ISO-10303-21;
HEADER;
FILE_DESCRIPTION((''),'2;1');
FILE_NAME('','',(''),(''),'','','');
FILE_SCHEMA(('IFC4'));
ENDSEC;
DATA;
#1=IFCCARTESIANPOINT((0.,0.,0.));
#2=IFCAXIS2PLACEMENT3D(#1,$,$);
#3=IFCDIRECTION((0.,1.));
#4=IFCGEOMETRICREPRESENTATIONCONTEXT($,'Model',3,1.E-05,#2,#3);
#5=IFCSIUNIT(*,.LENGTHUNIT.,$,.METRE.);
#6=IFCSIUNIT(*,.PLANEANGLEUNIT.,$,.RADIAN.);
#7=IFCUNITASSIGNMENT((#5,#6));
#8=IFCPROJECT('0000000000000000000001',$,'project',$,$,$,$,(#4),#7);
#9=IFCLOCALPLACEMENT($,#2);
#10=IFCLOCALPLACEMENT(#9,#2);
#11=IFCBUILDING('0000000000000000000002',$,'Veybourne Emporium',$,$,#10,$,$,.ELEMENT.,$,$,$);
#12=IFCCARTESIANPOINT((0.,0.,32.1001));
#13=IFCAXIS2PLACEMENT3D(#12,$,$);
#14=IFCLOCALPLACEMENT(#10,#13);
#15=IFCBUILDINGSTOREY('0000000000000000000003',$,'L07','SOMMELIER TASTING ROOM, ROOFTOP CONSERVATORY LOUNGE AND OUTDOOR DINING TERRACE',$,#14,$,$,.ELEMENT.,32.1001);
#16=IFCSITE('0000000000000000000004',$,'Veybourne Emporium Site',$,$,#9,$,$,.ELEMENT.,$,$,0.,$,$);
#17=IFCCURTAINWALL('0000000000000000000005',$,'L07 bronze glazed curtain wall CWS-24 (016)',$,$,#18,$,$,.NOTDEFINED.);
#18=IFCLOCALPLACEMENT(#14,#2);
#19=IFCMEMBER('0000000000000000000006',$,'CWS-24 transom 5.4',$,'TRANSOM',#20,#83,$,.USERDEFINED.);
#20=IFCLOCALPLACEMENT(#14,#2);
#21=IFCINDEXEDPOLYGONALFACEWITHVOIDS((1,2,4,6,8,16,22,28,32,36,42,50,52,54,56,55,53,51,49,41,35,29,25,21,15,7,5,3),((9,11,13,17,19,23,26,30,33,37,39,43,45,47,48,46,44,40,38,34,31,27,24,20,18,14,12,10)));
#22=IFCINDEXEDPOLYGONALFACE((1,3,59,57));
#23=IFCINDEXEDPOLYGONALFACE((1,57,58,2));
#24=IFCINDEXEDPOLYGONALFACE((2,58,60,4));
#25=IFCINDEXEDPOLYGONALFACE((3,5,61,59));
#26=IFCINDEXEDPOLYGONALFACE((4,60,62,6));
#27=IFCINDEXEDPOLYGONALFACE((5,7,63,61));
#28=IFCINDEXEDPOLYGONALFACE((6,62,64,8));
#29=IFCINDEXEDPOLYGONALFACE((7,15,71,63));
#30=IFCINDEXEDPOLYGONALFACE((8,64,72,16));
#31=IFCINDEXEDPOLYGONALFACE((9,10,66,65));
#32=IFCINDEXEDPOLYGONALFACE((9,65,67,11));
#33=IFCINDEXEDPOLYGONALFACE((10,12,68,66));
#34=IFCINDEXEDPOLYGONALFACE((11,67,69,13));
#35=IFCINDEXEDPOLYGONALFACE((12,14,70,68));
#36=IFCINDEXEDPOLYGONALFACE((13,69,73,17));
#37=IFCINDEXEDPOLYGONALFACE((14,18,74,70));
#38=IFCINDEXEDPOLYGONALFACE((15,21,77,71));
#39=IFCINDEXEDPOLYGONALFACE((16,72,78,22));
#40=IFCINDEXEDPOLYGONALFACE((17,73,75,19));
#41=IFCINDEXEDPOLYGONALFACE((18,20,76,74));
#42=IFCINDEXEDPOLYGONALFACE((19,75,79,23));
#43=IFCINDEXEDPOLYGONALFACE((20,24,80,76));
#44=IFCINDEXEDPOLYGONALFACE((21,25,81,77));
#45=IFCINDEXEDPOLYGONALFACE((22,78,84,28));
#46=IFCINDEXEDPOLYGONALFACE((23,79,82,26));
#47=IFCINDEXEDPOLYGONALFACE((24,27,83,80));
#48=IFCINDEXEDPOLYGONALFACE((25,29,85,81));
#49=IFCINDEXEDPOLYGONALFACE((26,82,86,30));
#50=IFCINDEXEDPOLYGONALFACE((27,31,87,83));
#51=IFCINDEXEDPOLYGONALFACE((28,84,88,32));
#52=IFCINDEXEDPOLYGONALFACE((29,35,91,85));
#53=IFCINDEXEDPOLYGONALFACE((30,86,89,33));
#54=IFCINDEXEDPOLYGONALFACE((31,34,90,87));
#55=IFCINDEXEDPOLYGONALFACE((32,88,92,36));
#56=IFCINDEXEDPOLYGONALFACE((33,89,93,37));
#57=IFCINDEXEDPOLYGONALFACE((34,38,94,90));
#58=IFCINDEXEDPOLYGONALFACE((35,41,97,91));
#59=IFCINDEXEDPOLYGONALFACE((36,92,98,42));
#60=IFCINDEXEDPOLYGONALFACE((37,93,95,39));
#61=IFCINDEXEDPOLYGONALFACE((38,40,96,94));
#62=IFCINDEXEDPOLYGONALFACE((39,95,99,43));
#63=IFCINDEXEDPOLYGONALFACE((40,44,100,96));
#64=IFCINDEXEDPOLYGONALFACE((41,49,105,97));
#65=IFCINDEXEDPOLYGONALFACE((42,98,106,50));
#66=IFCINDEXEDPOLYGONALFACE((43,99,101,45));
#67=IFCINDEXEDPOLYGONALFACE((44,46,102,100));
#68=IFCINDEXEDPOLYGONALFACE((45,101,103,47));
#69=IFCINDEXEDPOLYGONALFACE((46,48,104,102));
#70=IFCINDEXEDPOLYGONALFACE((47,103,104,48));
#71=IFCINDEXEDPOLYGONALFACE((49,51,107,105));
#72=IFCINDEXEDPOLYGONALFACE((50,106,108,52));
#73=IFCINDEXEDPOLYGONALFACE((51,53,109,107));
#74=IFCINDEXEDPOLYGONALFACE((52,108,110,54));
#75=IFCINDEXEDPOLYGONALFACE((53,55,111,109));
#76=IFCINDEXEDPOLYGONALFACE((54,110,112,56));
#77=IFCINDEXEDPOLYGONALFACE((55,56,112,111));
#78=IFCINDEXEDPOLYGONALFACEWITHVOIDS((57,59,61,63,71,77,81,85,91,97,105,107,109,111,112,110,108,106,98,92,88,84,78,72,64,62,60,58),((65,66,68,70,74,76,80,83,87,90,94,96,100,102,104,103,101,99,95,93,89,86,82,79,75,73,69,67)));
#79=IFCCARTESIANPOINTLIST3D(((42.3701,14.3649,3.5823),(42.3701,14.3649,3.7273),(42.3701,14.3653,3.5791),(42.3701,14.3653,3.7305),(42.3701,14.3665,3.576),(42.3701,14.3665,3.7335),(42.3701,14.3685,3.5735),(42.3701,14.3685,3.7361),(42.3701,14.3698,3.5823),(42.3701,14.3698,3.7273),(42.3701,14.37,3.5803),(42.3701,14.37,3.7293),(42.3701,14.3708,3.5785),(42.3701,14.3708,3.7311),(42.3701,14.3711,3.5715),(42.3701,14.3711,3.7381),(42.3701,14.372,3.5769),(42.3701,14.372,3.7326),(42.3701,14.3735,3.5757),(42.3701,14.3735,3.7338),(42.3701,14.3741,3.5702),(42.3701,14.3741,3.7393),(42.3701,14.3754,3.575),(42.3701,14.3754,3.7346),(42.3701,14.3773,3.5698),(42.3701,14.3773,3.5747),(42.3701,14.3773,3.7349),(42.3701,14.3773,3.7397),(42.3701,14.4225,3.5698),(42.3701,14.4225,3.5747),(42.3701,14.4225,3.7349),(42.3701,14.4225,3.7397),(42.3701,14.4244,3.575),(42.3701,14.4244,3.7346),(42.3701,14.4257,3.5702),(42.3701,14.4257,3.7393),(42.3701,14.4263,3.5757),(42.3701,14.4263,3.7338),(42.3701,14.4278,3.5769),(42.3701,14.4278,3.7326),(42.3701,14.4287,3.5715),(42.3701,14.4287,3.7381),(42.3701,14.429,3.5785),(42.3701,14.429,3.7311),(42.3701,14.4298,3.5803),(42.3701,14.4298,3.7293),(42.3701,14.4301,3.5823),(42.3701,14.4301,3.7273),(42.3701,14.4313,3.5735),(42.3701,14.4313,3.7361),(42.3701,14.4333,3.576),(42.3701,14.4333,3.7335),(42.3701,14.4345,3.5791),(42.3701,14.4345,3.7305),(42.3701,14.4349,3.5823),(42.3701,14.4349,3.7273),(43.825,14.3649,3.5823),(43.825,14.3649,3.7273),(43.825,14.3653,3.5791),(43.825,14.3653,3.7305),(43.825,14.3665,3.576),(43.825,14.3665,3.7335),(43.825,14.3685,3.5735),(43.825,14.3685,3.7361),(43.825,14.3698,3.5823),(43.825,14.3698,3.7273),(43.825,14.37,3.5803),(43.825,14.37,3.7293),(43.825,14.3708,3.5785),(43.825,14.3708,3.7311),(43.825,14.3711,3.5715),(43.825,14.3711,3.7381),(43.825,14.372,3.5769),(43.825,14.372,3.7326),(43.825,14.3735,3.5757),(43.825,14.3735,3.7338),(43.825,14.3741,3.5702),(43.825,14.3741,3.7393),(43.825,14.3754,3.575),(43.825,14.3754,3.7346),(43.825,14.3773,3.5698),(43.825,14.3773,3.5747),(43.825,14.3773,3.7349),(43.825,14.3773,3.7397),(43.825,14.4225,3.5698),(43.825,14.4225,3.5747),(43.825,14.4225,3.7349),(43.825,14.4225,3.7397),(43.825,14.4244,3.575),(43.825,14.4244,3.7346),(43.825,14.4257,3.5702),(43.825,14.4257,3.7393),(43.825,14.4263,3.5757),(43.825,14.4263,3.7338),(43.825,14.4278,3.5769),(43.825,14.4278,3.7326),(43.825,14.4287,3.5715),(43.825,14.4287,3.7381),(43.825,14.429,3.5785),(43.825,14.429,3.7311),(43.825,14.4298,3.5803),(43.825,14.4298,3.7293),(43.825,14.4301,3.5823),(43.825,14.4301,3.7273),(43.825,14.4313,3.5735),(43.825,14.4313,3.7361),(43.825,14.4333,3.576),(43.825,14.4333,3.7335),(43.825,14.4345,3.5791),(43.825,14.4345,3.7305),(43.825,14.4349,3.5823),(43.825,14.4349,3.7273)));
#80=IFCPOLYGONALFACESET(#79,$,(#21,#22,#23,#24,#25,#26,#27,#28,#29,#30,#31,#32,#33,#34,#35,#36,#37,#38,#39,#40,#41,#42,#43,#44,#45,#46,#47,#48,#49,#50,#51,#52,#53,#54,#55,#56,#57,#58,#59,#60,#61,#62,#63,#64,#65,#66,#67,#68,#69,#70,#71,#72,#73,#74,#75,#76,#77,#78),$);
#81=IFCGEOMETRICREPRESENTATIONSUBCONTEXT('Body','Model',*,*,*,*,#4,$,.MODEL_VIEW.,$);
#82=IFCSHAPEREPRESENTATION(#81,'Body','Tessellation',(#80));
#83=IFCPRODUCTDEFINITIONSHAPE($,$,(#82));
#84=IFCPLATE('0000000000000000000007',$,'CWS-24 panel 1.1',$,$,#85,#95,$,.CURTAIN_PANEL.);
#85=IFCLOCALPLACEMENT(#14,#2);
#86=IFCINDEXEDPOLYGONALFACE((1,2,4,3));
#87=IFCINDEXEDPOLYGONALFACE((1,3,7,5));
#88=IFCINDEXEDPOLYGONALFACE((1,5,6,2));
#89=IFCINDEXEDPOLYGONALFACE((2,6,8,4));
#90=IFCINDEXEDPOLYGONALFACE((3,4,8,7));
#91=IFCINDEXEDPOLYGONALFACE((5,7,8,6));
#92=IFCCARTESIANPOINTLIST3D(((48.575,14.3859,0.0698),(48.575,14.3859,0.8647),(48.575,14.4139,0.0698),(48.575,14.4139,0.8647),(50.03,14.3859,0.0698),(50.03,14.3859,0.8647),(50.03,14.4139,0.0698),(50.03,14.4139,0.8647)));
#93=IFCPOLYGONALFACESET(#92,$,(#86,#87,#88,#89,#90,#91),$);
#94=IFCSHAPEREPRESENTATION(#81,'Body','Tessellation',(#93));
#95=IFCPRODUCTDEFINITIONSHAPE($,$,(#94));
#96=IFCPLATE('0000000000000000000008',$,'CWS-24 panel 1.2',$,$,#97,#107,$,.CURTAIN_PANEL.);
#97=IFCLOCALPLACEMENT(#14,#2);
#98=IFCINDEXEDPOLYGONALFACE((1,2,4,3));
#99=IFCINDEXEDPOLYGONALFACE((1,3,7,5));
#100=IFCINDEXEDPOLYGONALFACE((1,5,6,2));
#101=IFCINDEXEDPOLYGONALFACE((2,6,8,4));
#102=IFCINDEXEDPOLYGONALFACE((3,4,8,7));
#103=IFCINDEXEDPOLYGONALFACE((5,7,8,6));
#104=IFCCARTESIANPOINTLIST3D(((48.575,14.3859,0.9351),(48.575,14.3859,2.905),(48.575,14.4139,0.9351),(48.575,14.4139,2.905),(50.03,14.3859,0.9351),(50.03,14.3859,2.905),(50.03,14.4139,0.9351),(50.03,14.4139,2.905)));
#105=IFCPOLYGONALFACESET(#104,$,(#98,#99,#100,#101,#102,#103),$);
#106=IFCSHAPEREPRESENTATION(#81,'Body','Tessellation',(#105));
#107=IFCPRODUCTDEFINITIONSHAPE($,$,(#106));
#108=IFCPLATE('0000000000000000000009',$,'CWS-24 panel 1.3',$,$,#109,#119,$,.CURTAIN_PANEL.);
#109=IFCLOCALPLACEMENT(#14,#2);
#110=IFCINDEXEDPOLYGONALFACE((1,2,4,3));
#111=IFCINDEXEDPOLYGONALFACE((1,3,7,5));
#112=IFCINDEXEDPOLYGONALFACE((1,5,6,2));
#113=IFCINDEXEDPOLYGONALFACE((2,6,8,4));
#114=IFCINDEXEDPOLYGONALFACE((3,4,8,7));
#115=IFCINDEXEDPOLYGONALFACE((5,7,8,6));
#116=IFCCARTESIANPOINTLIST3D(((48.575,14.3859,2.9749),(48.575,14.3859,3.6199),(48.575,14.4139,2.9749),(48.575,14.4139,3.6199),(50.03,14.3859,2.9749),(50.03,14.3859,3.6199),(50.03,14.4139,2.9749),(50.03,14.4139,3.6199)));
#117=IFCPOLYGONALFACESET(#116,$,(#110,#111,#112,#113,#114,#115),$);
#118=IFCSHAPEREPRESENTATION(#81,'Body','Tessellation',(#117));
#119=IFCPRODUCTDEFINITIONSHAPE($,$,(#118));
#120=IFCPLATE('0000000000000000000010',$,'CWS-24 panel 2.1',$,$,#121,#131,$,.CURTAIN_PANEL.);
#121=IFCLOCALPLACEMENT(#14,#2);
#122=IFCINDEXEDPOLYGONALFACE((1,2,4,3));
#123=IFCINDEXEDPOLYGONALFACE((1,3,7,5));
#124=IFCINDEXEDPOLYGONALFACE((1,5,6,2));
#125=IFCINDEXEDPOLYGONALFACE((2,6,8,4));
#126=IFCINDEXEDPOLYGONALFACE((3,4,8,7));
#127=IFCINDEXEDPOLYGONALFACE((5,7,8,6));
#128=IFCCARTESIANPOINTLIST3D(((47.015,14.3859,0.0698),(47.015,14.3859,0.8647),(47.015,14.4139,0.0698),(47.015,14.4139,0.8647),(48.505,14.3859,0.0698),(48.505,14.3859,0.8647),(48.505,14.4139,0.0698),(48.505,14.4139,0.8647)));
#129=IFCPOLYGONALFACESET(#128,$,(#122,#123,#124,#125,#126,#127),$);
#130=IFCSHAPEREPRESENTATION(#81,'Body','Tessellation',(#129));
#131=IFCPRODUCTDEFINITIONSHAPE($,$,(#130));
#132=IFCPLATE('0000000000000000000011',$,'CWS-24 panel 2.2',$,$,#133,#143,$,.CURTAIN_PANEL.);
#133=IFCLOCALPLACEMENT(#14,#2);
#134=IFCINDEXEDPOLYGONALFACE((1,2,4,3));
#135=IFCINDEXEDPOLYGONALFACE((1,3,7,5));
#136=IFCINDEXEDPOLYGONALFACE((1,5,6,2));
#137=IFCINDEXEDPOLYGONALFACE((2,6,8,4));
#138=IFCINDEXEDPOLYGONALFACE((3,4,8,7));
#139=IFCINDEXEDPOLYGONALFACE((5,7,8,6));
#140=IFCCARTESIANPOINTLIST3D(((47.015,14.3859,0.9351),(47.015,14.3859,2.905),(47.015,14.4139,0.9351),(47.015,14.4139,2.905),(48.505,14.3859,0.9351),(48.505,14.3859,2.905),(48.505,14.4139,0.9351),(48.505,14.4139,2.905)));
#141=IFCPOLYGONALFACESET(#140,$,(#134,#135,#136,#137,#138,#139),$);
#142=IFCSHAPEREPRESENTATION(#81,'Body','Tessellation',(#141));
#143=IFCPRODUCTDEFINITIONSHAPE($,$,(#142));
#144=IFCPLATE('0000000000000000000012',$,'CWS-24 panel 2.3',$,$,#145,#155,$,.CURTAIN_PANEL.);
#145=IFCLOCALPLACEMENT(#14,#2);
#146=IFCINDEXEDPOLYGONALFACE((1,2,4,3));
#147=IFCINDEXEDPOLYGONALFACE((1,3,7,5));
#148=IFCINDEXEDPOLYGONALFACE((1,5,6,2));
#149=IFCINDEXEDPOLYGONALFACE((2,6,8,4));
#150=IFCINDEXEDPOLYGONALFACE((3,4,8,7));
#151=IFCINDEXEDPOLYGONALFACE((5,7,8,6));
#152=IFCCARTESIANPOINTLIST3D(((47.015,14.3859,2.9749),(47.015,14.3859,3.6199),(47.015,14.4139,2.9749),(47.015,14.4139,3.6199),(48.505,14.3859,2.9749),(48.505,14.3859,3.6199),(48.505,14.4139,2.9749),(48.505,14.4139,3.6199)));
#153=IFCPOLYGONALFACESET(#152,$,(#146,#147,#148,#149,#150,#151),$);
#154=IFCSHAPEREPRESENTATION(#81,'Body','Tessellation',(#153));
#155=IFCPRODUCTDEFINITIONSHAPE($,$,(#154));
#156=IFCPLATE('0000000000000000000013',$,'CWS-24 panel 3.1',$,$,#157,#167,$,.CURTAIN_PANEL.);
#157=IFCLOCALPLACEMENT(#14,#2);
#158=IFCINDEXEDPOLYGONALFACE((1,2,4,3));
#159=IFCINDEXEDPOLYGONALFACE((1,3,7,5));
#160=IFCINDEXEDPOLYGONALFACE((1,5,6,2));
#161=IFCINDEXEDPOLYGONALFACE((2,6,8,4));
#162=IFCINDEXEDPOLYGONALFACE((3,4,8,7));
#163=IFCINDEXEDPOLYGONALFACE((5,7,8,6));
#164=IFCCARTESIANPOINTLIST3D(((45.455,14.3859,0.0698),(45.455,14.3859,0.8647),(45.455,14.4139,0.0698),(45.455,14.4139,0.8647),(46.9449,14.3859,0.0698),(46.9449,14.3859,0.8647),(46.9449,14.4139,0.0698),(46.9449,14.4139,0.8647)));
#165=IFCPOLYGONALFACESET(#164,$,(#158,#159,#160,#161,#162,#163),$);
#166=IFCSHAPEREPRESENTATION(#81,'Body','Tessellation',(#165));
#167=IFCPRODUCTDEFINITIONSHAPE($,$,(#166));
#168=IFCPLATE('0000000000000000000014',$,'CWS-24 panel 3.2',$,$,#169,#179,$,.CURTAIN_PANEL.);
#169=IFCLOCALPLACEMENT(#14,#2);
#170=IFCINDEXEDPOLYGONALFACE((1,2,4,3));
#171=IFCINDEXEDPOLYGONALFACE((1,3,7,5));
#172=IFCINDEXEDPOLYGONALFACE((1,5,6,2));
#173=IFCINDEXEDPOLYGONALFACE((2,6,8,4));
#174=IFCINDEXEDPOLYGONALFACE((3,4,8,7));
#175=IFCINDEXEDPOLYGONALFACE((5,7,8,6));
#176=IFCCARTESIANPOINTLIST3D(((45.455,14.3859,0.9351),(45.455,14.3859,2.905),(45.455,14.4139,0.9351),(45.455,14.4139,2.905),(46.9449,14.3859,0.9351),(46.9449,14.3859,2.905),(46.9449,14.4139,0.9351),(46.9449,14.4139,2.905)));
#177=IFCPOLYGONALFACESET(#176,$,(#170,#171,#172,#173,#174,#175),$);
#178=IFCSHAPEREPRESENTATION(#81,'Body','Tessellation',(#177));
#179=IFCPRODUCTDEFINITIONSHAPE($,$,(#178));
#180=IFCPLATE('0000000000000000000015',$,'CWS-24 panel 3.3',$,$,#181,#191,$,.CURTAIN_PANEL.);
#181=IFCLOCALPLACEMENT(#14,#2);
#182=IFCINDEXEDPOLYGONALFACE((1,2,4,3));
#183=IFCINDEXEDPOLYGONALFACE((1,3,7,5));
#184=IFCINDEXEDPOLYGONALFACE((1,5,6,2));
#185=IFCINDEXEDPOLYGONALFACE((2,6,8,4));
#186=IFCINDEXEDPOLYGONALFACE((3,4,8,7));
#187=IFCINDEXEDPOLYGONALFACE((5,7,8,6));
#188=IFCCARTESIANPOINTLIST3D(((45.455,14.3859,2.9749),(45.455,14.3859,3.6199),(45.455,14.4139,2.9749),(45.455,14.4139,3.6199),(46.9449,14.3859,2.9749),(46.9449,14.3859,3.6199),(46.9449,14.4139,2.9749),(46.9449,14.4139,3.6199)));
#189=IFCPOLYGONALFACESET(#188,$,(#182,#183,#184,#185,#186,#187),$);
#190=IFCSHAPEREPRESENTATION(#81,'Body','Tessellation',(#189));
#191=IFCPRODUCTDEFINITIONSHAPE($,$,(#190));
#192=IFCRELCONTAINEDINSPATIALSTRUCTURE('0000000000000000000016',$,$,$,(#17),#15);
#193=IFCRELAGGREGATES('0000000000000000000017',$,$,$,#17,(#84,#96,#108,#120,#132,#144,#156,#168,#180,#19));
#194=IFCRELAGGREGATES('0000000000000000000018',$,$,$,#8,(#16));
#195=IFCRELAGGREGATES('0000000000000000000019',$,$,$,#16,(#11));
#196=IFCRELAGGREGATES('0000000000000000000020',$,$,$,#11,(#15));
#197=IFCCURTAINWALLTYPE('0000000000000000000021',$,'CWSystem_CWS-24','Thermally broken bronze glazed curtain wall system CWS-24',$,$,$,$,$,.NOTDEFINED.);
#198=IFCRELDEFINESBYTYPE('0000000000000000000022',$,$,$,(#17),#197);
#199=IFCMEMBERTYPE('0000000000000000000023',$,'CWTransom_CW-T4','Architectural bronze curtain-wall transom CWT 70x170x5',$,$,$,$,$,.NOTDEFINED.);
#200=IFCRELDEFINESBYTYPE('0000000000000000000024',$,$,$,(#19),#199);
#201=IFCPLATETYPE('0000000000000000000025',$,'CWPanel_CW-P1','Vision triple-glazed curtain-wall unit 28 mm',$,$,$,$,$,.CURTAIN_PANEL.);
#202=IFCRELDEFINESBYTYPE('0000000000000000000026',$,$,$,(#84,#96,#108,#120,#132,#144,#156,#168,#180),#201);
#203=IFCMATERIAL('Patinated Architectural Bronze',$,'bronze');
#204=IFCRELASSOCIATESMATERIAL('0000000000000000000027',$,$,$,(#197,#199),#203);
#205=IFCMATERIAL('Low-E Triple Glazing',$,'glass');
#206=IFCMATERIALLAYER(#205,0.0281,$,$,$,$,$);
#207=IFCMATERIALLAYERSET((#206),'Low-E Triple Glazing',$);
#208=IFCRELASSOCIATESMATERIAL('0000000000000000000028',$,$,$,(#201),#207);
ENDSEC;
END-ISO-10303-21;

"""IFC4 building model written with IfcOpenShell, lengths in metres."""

from ifc_helpers import new_model, si_unit, direction, frame, origin, origin_2d, place, context, subcontext, project, spatial, rectangle, hollow_rectangle, extrude, material, layer, layer_set, material_profile, profile_set, type_object, element, aggregate, save


model = new_model("IFC4")

# Units and contexts
model_context = context("Model", 3, precision=1e-05, world=origin(), true_north=direction((0.0, 1.0)))
body_context = subcontext(model_context, "Body", "Model", "MODEL_VIEW")
ifc_project = project(units=[si_unit("LENGTHUNIT", "METRE"), si_unit("PLANEANGLEUNIT", "RADIAN")], contexts=[model_context])

# Site, building, storey
site_placement = place(None, origin())
site = spatial("IfcSite", under=ifc_project, at=site_placement, Name="Veybourne Emporium Site", CompositionType="ELEMENT", RefElevation=0.0)
building_placement = place(site_placement, origin())
building = spatial("IfcBuilding", under=site, at=building_placement, Name="Veybourne Emporium", CompositionType="ELEMENT")
storey_placement = place(building_placement, frame((0.0, 0.0, 32.1001)))
storey = spatial("IfcBuildingStorey", under=building, at=storey_placement, Name="L07", Description="SOMMELIER TASTING ROOM, ROOFTOP CONSERVATORY LOUNGE AND OUTDOOR DINING TERRACE", CompositionType="ELEMENT", Elevation=32.1001)

# Curtain wall, member, plates
ifc_material_1 = material(Name="Patinated Architectural Bronze", Category="bronze")
curtain_wall_type = type_object("IfcCurtainWallType", Name="CWSystem_CWS-24", Description="Thermally broken bronze glazed curtain wall system CWS-24", PredefinedType="NOTDEFINED", material=ifc_material_1)
curtain_wall_placement = place(storey_placement, origin())
curtain_wall = element("IfcCurtainWall", 1, at=curtain_wall_placement, inside=storey, type_object=curtain_wall_type, Name="L07 bronze glazed curtain wall CWS-24 (016)", PredefinedType="NOTDEFINED")
ifc_material_profile_1 = material_profile(ifc_material_1, hollow_rectangle(XDim=0.0701, YDim=0.1699, WallThickness=0.0049, InnerFilletRadius=0.0076, OuterFilletRadius=0.0125, at=origin_2d()), Name="CWT 70x170x5")
ifc_profile_set_1 = profile_set([ifc_material_profile_1], Name="Patinated Architectural Bronze")
member_type_1 = type_object("IfcMemberType", Name="CWTransom_CW-T4", Description="Architectural bronze curtain-wall transom CWT 70x170x5", PredefinedType="NOTDEFINED", material=ifc_profile_set_1)
member_1_placement = place(storey_placement, frame((43.825, 14.3999, 3.6548), z_axis=(-1.0, 0.0, 0.0), x_axis=(0.0, -1.0, 0.0)))
member_1 = element("IfcMember", 2, at=member_1_placement, type_object=member_type_1, Name="CWS-24 transom 5.4", ObjectType="TRANSOM", PredefinedType="USERDEFINED", context=body_context, shape_type="SweptSolid", body=[
    extrude(hollow_rectangle(XDim=0.0701, YDim=0.1699, WallThickness=0.0049, InnerFilletRadius=0.0076, OuterFilletRadius=0.0125, at=origin_2d()), origin(), (0.0, 0.0, 1.0), 1.4548),
])
ifc_material_2 = material(Name="Low-E Triple Glazing", Category="glass")
ifc_layer_1 = layer(ifc_material_2, 0.0281)
ifc_layer_set_1 = layer_set([ifc_layer_1], Name="Low-E Triple Glazing")
plate_type = type_object("IfcPlateType", Name="CWPanel_CW-P1", Description="Vision triple-glazed curtain-wall unit 28 mm", PredefinedType="CURTAIN_PANEL", material=ifc_layer_set_1)
plate_1_placement = place(storey_placement, frame((49.3025, 14.3999, 0.0698), z_axis=(0.0, 0.0, 1.0), x_axis=(-1.0, 0.0, 0.0)))
plate_1 = element("IfcPlate", 3, at=plate_1_placement, type_object=plate_type, Name="CWS-24 panel 1.1", PredefinedType="CURTAIN_PANEL", context=body_context, shape_type="SweptSolid", body=[
    extrude(rectangle(XDim=1.4551, YDim=0.0281, at=origin_2d()), origin(), (0.0, 0.0, 1.0), 0.7949),
])
plate_2_placement = place(storey_placement, frame((49.3025, 14.3999, 0.9351), z_axis=(0.0, 0.0, 1.0), x_axis=(-1.0, 0.0, 0.0)))
plate_2 = element("IfcPlate", 4, at=plate_2_placement, type_object=plate_type, Name="CWS-24 panel 1.2", PredefinedType="CURTAIN_PANEL", context=body_context, shape_type="SweptSolid", body=[
    extrude(rectangle(XDim=1.4551, YDim=0.0281, at=origin_2d()), origin(), (0.0, 0.0, 1.0), 1.97),
])
plate_3_placement = place(storey_placement, frame((49.3025, 14.3999, 2.9749), z_axis=(0.0, 0.0, 1.0), x_axis=(-1.0, 0.0, 0.0)))
plate_3 = element("IfcPlate", 5, at=plate_3_placement, type_object=plate_type, Name="CWS-24 panel 1.3", PredefinedType="CURTAIN_PANEL", context=body_context, shape_type="SweptSolid", body=[
    extrude(rectangle(XDim=1.4551, YDim=0.0281, at=origin_2d()), origin(), (0.0, 0.0, 1.0), 0.645),
])
plate_4_placement = place(storey_placement, frame((47.76, 14.3999, 0.0698), z_axis=(0.0, 0.0, 1.0), x_axis=(-1.0, 0.0, 0.0)))
plate_4 = element("IfcPlate", 6, at=plate_4_placement, type_object=plate_type, Name="CWS-24 panel 2.1", PredefinedType="CURTAIN_PANEL", context=body_context, shape_type="SweptSolid", body=[
    extrude(rectangle(XDim=1.49, YDim=0.0281, at=origin_2d()), origin(), (0.0, 0.0, 1.0), 0.7949),
])
plate_5_placement = place(storey_placement, frame((47.76, 14.3999, 0.9351), z_axis=(0.0, 0.0, 1.0), x_axis=(-1.0, 0.0, 0.0)))
plate_5 = element("IfcPlate", 7, at=plate_5_placement, type_object=plate_type, Name="CWS-24 panel 2.2", PredefinedType="CURTAIN_PANEL", context=body_context, shape_type="SweptSolid", body=[
    extrude(rectangle(XDim=1.49, YDim=0.0281, at=origin_2d()), origin(), (0.0, 0.0, 1.0), 1.97),
])
plate_6_placement = place(storey_placement, frame((47.76, 14.3999, 2.9749), z_axis=(0.0, 0.0, 1.0), x_axis=(-1.0, 0.0, 0.0)))
plate_6 = element("IfcPlate", 8, at=plate_6_placement, type_object=plate_type, Name="CWS-24 panel 2.3", PredefinedType="CURTAIN_PANEL", context=body_context, shape_type="SweptSolid", body=[
    extrude(rectangle(XDim=1.49, YDim=0.0281, at=origin_2d()), origin(), (0.0, 0.0, 1.0), 0.645),
])
plate_7_placement = place(storey_placement, frame((46.2, 14.3999, 0.0698), z_axis=(0.0, 0.0, 1.0), x_axis=(-1.0, 0.0, 0.0)))
plate_7 = element("IfcPlate", 9, at=plate_7_placement, type_object=plate_type, Name="CWS-24 panel 3.1", PredefinedType="CURTAIN_PANEL", context=body_context, shape_type="SweptSolid", body=[
    extrude(rectangle(XDim=1.49, YDim=0.0281, at=origin_2d()), origin(), (0.0, 0.0, 1.0), 0.7949),
])
plate_8_placement = place(storey_placement, frame((46.2, 14.3999, 0.9351), z_axis=(0.0, 0.0, 1.0), x_axis=(-1.0, 0.0, 0.0)))
plate_8 = element("IfcPlate", 10, at=plate_8_placement, type_object=plate_type, Name="CWS-24 panel 3.2", PredefinedType="CURTAIN_PANEL", context=body_context, shape_type="SweptSolid", body=[
    extrude(rectangle(XDim=1.49, YDim=0.0281, at=origin_2d()), origin(), (0.0, 0.0, 1.0), 1.97),
])
plate_9_placement = place(storey_placement, frame((46.2, 14.3999, 2.9749), z_axis=(0.0, 0.0, 1.0), x_axis=(-1.0, 0.0, 0.0)))
plate_9 = element("IfcPlate", 11, at=plate_9_placement, type_object=plate_type, Name="CWS-24 panel 3.3", PredefinedType="CURTAIN_PANEL", context=body_context, shape_type="SweptSolid", body=[
    extrude(rectangle(XDim=1.49, YDim=0.0281, at=origin_2d()), origin(), (0.0, 0.0, 1.0), 0.645),
])
aggregate(curtain_wall, [plate_1, plate_2, plate_3, plate_4, plate_5, plate_6, plate_7, plate_8, plate_9, member_1])

save(model, "model.ifc")
